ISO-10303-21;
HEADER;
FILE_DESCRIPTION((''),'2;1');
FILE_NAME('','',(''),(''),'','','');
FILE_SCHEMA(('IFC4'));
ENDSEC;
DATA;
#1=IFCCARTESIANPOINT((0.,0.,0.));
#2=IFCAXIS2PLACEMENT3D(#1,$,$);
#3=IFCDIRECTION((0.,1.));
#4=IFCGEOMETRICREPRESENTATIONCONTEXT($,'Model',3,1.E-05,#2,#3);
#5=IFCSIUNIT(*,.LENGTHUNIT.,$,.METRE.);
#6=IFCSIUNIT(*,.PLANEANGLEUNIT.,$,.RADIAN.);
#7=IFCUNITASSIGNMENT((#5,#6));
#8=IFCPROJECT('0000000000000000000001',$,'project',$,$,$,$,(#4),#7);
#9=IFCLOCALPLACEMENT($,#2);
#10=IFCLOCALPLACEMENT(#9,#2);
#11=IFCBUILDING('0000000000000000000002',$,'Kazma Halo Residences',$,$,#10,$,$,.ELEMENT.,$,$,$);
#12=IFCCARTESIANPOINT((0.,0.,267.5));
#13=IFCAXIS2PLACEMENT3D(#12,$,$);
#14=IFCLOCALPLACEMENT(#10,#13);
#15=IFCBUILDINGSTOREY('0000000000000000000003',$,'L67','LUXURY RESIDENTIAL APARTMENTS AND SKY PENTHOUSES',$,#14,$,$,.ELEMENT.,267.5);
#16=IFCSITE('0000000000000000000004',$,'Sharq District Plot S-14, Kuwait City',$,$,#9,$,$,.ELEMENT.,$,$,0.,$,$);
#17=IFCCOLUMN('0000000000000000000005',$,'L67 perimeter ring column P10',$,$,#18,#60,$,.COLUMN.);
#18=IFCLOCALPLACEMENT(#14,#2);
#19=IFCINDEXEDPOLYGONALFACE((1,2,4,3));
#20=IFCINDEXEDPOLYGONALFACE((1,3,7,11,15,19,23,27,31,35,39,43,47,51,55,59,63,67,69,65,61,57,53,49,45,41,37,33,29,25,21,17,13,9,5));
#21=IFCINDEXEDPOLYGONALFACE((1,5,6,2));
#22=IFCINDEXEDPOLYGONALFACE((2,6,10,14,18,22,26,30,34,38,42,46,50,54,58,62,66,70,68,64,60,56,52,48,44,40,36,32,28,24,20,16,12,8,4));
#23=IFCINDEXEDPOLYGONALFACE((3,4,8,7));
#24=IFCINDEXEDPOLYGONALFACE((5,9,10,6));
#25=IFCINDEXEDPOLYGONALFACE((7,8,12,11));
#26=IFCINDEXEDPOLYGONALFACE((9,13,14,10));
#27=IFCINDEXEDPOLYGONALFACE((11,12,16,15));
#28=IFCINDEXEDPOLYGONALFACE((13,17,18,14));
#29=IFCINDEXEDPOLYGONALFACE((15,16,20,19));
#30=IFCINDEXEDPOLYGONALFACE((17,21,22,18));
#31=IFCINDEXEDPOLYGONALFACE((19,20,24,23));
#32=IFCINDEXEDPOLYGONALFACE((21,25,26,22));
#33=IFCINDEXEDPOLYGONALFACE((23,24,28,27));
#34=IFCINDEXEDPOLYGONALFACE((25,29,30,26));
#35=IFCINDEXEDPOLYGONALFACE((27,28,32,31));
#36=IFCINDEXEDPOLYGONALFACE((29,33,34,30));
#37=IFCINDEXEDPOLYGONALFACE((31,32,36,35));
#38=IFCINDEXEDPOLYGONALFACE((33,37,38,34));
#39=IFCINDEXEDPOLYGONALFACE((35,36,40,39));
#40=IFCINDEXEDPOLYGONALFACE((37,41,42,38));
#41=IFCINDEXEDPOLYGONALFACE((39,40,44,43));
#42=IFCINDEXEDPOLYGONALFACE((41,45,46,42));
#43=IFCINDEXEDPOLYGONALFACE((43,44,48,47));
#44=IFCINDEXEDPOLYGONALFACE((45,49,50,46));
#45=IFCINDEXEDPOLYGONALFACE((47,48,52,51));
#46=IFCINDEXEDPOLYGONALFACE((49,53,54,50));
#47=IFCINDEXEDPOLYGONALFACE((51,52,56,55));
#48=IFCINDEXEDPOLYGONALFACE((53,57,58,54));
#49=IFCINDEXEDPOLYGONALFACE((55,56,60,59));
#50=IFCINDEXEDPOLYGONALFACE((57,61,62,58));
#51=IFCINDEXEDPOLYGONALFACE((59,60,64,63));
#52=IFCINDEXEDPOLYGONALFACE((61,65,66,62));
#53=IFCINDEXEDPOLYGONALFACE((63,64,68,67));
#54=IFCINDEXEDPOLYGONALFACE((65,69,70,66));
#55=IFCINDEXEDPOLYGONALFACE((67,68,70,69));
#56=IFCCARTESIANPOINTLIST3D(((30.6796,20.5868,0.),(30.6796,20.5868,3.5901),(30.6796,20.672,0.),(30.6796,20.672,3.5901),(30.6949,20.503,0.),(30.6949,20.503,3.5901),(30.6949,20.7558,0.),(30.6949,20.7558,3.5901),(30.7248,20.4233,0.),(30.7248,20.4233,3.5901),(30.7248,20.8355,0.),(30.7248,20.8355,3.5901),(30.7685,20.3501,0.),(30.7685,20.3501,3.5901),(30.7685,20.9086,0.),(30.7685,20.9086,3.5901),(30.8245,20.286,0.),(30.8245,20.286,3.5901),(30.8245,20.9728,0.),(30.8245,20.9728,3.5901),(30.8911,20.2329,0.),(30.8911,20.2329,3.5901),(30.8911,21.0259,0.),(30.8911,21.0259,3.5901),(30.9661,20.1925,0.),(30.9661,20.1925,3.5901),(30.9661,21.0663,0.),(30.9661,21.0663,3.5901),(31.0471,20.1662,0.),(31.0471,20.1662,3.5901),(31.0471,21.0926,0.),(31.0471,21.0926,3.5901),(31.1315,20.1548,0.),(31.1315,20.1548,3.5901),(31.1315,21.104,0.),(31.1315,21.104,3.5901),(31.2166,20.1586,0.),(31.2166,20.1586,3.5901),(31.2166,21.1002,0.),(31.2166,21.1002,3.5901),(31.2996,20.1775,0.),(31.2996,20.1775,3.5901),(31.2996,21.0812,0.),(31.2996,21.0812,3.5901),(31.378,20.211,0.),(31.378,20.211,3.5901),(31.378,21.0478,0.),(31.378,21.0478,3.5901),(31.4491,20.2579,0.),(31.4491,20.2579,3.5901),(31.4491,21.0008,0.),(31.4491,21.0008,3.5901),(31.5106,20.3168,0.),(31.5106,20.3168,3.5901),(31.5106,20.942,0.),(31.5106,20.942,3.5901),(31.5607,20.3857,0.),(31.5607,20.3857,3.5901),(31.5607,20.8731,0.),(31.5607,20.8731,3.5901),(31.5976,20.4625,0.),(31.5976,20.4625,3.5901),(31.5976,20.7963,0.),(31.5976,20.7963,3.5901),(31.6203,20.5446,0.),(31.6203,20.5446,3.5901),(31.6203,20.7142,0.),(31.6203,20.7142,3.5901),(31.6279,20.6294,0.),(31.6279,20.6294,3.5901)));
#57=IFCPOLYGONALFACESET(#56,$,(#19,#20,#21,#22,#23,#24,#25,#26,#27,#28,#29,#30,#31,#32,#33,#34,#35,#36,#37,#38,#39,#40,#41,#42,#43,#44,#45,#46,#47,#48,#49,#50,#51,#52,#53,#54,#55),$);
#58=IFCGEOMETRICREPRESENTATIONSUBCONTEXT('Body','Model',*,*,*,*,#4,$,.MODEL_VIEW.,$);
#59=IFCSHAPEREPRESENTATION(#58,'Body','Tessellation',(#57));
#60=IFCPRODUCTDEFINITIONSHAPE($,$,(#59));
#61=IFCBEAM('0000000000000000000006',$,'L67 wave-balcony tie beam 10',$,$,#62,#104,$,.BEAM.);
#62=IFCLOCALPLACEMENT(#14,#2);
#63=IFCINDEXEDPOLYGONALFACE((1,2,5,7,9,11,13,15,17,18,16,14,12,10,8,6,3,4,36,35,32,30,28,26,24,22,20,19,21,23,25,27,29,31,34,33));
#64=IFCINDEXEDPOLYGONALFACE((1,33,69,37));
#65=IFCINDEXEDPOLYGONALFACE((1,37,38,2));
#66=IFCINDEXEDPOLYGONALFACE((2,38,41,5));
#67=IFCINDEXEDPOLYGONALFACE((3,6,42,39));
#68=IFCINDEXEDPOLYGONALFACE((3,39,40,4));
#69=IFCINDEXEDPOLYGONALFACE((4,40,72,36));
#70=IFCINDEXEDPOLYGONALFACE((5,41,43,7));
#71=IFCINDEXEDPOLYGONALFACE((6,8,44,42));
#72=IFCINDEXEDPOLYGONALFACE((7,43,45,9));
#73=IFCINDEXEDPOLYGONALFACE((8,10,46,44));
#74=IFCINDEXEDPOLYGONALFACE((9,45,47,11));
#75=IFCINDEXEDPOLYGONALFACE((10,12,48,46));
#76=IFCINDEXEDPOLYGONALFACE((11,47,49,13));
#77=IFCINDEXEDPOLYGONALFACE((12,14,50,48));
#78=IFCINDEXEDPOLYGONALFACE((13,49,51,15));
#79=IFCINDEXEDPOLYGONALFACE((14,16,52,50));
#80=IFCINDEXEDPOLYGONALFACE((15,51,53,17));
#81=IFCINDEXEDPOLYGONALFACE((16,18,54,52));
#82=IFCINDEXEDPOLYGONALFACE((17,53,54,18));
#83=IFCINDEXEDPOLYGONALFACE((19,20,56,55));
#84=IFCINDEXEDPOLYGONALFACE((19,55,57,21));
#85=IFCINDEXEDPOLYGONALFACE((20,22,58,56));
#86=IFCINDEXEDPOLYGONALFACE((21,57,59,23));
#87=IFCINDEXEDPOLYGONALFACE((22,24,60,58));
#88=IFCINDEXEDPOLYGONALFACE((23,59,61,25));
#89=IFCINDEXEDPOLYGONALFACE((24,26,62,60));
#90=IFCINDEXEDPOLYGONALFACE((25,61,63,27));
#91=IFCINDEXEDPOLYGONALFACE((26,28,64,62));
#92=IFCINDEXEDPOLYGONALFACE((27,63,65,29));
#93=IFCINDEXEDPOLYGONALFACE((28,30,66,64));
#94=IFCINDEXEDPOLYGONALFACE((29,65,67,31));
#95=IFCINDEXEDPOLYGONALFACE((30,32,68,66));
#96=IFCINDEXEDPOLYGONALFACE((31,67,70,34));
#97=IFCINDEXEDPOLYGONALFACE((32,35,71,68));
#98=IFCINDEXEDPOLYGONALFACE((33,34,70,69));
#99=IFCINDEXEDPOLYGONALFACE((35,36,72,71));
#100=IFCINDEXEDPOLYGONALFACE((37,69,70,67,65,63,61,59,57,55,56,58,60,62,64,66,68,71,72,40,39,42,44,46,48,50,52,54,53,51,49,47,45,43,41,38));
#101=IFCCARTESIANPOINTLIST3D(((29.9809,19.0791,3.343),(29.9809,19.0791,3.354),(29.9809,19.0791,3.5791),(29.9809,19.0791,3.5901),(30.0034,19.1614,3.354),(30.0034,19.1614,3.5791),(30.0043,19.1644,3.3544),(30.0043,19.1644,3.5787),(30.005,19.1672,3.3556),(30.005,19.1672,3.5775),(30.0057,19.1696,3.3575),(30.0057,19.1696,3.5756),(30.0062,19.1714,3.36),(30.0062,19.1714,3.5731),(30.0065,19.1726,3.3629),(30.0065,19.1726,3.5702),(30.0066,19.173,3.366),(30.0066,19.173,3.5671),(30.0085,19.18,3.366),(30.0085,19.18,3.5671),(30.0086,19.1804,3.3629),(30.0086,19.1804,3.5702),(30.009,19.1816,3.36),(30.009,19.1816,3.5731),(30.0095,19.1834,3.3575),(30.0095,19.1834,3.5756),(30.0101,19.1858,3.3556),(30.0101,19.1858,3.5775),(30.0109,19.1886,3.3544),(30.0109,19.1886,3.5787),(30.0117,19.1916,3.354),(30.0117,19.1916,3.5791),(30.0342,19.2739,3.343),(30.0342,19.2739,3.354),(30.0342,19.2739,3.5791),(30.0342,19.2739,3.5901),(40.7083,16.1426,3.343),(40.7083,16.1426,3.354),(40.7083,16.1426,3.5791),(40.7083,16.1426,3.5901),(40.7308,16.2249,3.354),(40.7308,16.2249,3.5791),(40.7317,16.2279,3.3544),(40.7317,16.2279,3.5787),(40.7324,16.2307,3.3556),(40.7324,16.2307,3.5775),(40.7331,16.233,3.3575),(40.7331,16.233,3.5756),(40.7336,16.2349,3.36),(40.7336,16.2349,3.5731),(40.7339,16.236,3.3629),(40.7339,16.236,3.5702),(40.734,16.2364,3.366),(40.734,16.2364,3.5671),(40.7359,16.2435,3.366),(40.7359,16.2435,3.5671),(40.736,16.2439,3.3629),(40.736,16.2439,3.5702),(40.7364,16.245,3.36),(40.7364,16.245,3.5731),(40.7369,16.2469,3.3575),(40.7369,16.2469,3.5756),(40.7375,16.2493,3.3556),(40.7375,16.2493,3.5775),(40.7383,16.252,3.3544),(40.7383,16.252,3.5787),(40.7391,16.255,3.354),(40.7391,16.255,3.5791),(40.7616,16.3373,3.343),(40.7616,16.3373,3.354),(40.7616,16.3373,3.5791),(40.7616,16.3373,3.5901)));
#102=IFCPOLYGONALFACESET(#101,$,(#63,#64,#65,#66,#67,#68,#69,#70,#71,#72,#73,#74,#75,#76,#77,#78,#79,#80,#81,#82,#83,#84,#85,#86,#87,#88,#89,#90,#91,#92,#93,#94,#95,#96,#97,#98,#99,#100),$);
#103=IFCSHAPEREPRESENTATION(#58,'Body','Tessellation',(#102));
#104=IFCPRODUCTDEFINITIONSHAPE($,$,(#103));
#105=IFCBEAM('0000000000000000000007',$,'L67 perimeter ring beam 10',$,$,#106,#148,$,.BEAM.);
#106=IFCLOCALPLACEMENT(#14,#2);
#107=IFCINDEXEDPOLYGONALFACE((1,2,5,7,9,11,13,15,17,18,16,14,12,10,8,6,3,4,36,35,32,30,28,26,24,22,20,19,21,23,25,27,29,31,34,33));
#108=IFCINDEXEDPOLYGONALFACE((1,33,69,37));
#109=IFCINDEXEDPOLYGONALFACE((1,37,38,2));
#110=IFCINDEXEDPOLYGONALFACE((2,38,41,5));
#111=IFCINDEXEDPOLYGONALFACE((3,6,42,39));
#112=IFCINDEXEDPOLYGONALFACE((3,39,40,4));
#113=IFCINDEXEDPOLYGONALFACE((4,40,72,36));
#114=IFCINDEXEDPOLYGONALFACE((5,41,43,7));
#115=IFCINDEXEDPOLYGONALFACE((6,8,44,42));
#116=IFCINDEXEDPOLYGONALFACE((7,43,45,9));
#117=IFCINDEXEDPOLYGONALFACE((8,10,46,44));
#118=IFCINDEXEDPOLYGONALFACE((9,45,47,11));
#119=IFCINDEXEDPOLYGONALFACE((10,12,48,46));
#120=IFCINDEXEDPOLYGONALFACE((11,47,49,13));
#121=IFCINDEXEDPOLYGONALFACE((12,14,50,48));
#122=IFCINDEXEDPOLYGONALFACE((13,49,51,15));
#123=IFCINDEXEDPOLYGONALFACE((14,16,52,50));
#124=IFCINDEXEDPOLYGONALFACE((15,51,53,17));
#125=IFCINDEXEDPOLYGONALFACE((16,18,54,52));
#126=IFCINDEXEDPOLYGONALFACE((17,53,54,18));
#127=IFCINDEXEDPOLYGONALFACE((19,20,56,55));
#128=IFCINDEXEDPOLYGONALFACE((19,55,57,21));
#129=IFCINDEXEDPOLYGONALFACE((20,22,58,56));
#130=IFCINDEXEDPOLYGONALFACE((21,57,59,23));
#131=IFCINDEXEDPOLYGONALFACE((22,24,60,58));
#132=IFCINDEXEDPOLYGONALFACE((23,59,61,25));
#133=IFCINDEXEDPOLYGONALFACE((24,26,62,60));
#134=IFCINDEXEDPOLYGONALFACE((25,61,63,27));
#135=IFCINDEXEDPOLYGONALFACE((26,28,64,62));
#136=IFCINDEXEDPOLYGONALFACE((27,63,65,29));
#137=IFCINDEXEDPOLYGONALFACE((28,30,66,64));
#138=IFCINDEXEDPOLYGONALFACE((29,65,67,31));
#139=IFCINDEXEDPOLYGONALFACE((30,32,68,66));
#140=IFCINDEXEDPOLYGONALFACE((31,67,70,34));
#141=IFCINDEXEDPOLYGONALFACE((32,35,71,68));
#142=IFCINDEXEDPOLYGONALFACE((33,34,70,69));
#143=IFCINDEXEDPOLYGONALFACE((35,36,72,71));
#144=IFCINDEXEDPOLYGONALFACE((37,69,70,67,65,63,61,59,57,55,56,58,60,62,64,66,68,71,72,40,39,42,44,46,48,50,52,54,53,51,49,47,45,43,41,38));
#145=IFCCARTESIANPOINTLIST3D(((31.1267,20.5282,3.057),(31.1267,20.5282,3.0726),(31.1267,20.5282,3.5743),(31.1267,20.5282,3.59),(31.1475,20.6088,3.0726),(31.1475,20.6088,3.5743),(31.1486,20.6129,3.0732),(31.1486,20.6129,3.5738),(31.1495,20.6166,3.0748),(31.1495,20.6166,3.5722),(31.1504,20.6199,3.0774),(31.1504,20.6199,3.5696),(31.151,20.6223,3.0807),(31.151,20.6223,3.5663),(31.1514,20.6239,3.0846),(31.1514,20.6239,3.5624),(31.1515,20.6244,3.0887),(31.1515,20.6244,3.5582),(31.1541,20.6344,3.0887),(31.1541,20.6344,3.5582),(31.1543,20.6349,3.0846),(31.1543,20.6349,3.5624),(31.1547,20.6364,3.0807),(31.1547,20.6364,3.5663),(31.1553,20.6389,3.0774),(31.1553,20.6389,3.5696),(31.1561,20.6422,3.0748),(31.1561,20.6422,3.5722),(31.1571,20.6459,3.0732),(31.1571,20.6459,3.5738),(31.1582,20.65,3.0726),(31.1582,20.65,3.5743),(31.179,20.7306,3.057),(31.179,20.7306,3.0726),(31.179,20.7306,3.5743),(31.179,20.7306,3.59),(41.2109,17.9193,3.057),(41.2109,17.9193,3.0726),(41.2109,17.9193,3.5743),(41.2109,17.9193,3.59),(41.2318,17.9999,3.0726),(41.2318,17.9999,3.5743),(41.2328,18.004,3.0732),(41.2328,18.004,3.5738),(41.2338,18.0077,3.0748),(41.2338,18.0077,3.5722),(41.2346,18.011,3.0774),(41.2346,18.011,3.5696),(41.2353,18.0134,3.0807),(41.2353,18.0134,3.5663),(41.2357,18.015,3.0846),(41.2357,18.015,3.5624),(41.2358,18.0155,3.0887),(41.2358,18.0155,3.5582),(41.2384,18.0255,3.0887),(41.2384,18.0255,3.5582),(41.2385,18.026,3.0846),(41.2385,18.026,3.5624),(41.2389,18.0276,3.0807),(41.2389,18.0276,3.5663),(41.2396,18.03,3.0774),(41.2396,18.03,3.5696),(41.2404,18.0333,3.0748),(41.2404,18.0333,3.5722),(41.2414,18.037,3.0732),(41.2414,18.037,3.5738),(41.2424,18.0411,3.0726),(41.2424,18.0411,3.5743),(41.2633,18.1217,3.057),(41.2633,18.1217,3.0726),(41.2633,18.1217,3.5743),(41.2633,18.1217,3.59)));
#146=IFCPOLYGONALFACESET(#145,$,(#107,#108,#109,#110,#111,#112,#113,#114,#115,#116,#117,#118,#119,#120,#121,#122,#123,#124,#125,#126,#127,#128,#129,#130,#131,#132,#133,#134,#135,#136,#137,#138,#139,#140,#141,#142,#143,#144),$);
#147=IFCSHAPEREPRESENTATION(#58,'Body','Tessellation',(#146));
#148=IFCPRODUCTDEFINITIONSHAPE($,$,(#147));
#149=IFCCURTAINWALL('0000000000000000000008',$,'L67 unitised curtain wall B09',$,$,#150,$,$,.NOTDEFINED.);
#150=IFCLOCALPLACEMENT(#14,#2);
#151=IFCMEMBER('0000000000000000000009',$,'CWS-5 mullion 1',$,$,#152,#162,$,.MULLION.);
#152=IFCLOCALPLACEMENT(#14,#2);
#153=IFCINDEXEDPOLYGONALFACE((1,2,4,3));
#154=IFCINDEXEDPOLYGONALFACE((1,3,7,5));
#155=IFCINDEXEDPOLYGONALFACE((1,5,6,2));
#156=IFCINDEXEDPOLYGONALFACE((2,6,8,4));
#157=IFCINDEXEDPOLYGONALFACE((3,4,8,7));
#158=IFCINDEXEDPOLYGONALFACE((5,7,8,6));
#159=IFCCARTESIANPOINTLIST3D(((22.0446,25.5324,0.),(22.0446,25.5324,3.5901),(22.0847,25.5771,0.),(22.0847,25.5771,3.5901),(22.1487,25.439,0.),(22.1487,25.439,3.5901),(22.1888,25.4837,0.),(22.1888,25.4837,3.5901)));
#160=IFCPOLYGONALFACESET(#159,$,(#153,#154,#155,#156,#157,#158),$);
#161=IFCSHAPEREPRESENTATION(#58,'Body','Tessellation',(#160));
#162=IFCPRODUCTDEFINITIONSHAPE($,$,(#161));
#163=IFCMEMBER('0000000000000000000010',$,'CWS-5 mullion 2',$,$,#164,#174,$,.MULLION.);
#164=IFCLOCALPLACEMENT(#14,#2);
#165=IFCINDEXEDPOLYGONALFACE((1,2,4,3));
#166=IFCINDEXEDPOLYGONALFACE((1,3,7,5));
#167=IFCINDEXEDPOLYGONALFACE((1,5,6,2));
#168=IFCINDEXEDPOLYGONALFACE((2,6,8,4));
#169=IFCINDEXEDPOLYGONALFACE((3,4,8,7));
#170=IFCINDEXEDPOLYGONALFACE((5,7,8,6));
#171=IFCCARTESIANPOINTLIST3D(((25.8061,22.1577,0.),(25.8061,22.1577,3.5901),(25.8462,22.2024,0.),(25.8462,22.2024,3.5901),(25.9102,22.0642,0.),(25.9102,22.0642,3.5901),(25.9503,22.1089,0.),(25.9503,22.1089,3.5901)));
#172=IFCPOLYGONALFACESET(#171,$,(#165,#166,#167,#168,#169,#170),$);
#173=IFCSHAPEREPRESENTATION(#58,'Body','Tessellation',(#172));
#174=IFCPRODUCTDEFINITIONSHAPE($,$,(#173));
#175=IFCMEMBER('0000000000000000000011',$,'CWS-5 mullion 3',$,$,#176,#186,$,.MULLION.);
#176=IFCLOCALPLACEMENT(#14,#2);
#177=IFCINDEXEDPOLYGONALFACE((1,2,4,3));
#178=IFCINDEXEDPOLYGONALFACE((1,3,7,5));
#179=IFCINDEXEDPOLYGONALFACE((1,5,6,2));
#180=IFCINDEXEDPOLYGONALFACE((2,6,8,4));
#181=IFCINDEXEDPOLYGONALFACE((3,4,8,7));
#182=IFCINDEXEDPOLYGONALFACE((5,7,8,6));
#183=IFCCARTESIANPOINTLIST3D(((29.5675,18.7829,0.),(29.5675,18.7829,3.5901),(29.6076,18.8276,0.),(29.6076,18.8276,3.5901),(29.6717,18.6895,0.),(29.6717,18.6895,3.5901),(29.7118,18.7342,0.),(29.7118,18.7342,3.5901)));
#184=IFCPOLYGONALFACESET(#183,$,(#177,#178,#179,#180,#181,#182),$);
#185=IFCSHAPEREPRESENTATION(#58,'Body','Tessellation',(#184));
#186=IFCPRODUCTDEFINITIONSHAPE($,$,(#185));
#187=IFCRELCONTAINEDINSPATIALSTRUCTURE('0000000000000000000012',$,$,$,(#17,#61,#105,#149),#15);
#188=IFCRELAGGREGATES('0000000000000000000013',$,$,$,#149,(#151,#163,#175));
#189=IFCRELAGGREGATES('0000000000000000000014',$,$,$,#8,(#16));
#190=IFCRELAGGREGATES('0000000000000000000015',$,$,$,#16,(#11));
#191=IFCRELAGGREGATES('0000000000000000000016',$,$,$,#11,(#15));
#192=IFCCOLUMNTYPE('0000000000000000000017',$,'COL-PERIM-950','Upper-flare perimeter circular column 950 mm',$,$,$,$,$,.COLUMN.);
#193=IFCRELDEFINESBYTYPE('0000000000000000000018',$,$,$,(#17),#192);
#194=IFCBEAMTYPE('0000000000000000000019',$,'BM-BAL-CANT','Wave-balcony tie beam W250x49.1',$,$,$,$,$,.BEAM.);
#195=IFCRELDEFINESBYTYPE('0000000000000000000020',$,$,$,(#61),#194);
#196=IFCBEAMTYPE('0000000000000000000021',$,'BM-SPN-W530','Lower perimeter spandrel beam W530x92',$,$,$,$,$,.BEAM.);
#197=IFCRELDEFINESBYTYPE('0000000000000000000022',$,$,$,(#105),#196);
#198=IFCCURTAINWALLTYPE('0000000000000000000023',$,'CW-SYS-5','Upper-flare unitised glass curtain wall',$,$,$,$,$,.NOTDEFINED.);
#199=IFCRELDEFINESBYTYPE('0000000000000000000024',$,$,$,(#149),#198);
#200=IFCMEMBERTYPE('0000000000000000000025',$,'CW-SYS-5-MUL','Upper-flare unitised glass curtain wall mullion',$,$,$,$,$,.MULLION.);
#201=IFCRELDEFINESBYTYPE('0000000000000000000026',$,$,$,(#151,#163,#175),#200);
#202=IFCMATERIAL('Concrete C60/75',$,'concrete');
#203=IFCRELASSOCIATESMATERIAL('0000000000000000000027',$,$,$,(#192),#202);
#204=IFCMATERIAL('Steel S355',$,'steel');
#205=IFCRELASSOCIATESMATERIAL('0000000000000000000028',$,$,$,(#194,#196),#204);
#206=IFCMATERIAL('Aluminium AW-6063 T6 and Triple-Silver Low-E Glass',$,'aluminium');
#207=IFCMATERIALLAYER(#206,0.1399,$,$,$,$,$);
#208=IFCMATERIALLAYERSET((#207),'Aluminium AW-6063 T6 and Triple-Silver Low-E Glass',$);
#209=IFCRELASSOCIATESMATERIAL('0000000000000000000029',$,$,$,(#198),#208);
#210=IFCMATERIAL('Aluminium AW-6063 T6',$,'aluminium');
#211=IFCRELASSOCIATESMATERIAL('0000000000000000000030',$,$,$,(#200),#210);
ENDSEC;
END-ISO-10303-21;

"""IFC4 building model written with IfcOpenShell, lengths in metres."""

from ifc_helpers import new_model, si_unit, direction, frame, origin, origin_2d, place, context, subcontext, project, spatial, rectangle, circle, i_section, extrude, material, layer, layer_set, material_profile, profile_set, type_object, element, aggregate, save


model = new_model("IFC4")

# Units and contexts
model_context = context("Model", 3, precision=1e-05, world=origin(), true_north=direction((0.0, 1.0)))
body_context = subcontext(model_context, "Body", "Model", "MODEL_VIEW")
ifc_project = project(units=[si_unit("LENGTHUNIT", "METRE"), si_unit("PLANEANGLEUNIT", "RADIAN")], contexts=[model_context])

# Site, building, storey
site_placement = place(None, origin())
site = spatial("IfcSite", under=ifc_project, at=site_placement, Name="Sharq District Plot S-14, Kuwait City", CompositionType="ELEMENT", RefElevation=0.0)
building_placement = place(site_placement, origin())
building = spatial("IfcBuilding", under=site, at=building_placement, Name="Kazma Halo Residences", CompositionType="ELEMENT")
storey_placement = place(building_placement, frame((0.0, 0.0, 267.5)))
storey = spatial("IfcBuildingStorey", under=building, at=storey_placement, Name="L67", Description="LUXURY RESIDENTIAL APARTMENTS AND SKY PENTHOUSES", CompositionType="ELEMENT", Elevation=267.5)

# Column
ifc_material_1 = material(Name="Concrete C60/75", Category="concrete")
ifc_material_profile_1 = material_profile(ifc_material_1, circle(Radius=0.4751, at=origin_2d()), Name="CIRC950")
ifc_profile_set_1 = profile_set([ifc_material_profile_1], Name="Concrete C60/75")
column_type = type_object("IfcColumnType", Name="COL-PERIM-950", Description="Upper-flare perimeter circular column 950 mm", PredefinedType="COLUMN", material=ifc_profile_set_1)
column_placement = place(storey_placement, frame((31.1528, 20.6294, 0.0), z_axis=(0.0, 0.0, 1.0), x_axis=(1.0, 0.0, 0.0)))
element("IfcColumn", 1, at=column_placement, inside=storey, type_object=column_type, Name="L67 perimeter ring column P10", PredefinedType="COLUMN", context=body_context, shape_type="SweptSolid", body=[
    extrude(circle(Radius=0.4751, at=origin_2d()), origin(), (0.0, 0.0, 1.0), 3.5901),
])

# Beams
ifc_material_2 = material(Name="Steel S355", Category="steel")
ifc_material_profile_2 = material_profile(ifc_material_2, i_section(OverallWidth=0.2019, OverallDepth=0.2471, WebThickness=0.0073, FlangeThickness=0.011, FilletRadius=0.012, at=origin_2d()), Name="W250x49.1")
ifc_profile_set_2 = profile_set([ifc_material_profile_2], Name="Steel S355")
beam_type_1 = type_object("IfcBeamType", Name="BM-BAL-CANT", Description="Wave-balcony tie beam W250x49.1", PredefinedType="BEAM", material=ifc_profile_set_2)
beam_1_placement = place(storey_placement, frame((30.0076, 19.1765, 3.4666), z_axis=(0.964515, -0.264029, 0.0), x_axis=(0.264029, 0.964515, 0.0)))
element("IfcBeam", 2, at=beam_1_placement, inside=storey, type_object=beam_type_1, Name="L67 wave-balcony tie beam 10", PredefinedType="BEAM", context=body_context, shape_type="SweptSolid", body=[
    extrude(i_section(OverallWidth=0.2019, OverallDepth=0.2471, WebThickness=0.0073, FlangeThickness=0.011, FilletRadius=0.012, at=origin_2d()), origin(), (0.0, 0.0, 1.0), 11.1221),
])
ifc_material_profile_3 = material_profile(ifc_material_2, i_section(OverallWidth=0.209, OverallDepth=0.533, WebThickness=0.0103, FlangeThickness=0.0156, FilletRadius=0.0161, at=origin_2d()), Name="W530x92")
ifc_profile_set_3 = profile_set([ifc_material_profile_3], Name="Steel S355")
beam_type_2 = type_object("IfcBeamType", Name="BM-SPN-W530", Description="Lower perimeter spandrel beam W530x92", PredefinedType="BEAM", material=ifc_profile_set_3)
beam_2_placement = place(storey_placement, frame((31.1528, 20.6294, 3.3235), z_axis=(0.968126, -0.250464, 0.0), x_axis=(0.250464, 0.968126, 0.0)))
element("IfcBeam", 3, at=beam_2_placement, inside=storey, type_object=beam_type_2, Name="L67 perimeter ring beam 10", PredefinedType="BEAM", context=body_context, shape_type="SweptSolid", body=[
    extrude(i_section(OverallWidth=0.209, OverallDepth=0.533, WebThickness=0.0103, FlangeThickness=0.0156, FilletRadius=0.0161, at=origin_2d()), origin(), (0.0, 0.0, 1.0), 10.4163),
])

# Curtain wall, members
ifc_material_3 = material(Name="Aluminium AW-6063 T6 and Triple-Silver Low-E Glass", Category="aluminium")
ifc_layer_1 = layer(ifc_material_3, 0.1399)
ifc_layer_set_1 = layer_set([ifc_layer_1], Name="Aluminium AW-6063 T6 and Triple-Silver Low-E Glass")
curtain_wall_type = type_object("IfcCurtainWallType", Name="CW-SYS-5", Description="Upper-flare unitised glass curtain wall", PredefinedType="NOTDEFINED", material=ifc_layer_set_1)
curtain_wall_placement = place(storey_placement, origin())
curtain_wall = element("IfcCurtainWall", 4, at=curtain_wall_placement, inside=storey, type_object=curtain_wall_type, Name="L67 unitised curtain wall B09", PredefinedType="NOTDEFINED")
ifc_material_4 = material(Name="Aluminium AW-6063 T6", Category="aluminium")
ifc_material_profile_4 = material_profile(ifc_material_4, rectangle(XDim=0.0601, YDim=0.1399, at=origin_2d()), Name="CWM-60x140")
ifc_profile_set_4 = profile_set([ifc_material_profile_4], Name="Aluminium AW-6063 T6")
member_type_1 = type_object("IfcMemberType", Name="CW-SYS-5-MUL", Description="Upper-flare unitised glass curtain wall mullion", PredefinedType="MULLION", material=ifc_profile_set_4)
member_1_placement = place(storey_placement, frame((22.1167, 25.5081, 0.0), z_axis=(0.0, 0.0, 1.0), x_axis=(0.667805, 0.744336, 0.0)))
member_1 = element("IfcMember", 5, at=member_1_placement, type_object=member_type_1, Name="CWS-5 mullion 1", PredefinedType="MULLION", context=body_context, shape_type="SweptSolid", body=[
    extrude(rectangle(XDim=0.0601, YDim=0.1399, at=origin_2d()), origin(), (0.0, 0.0, 1.0), 3.5901),
])
member_2_placement = place(storey_placement, frame((25.8782, 22.1333, 0.0), z_axis=(0.0, 0.0, 1.0), x_axis=(0.667805, 0.744336, 0.0)))
member_2 = element("IfcMember", 6, at=member_2_placement, type_object=member_type_1, Name="CWS-5 mullion 2", PredefinedType="MULLION", context=body_context, shape_type="SweptSolid", body=[
    extrude(rectangle(XDim=0.0601, YDim=0.1399, at=origin_2d()), origin(), (0.0, 0.0, 1.0), 3.5901),
])
member_3_placement = place(storey_placement, frame((29.6396, 18.7585, 0.0), z_axis=(0.0, 0.0, 1.0), x_axis=(0.667805, 0.744336, 0.0)))
member_3 = element("IfcMember", 7, at=member_3_placement, type_object=member_type_1, Name="CWS-5 mullion 3", PredefinedType="MULLION", context=body_context, shape_type="SweptSolid", body=[
    extrude(rectangle(XDim=0.0601, YDim=0.1399, at=origin_2d()), origin(), (0.0, 0.0, 1.0), 3.5901),
])
aggregate(curtain_wall, [member_1, member_2, member_3])

save(model, "model.ifc")
